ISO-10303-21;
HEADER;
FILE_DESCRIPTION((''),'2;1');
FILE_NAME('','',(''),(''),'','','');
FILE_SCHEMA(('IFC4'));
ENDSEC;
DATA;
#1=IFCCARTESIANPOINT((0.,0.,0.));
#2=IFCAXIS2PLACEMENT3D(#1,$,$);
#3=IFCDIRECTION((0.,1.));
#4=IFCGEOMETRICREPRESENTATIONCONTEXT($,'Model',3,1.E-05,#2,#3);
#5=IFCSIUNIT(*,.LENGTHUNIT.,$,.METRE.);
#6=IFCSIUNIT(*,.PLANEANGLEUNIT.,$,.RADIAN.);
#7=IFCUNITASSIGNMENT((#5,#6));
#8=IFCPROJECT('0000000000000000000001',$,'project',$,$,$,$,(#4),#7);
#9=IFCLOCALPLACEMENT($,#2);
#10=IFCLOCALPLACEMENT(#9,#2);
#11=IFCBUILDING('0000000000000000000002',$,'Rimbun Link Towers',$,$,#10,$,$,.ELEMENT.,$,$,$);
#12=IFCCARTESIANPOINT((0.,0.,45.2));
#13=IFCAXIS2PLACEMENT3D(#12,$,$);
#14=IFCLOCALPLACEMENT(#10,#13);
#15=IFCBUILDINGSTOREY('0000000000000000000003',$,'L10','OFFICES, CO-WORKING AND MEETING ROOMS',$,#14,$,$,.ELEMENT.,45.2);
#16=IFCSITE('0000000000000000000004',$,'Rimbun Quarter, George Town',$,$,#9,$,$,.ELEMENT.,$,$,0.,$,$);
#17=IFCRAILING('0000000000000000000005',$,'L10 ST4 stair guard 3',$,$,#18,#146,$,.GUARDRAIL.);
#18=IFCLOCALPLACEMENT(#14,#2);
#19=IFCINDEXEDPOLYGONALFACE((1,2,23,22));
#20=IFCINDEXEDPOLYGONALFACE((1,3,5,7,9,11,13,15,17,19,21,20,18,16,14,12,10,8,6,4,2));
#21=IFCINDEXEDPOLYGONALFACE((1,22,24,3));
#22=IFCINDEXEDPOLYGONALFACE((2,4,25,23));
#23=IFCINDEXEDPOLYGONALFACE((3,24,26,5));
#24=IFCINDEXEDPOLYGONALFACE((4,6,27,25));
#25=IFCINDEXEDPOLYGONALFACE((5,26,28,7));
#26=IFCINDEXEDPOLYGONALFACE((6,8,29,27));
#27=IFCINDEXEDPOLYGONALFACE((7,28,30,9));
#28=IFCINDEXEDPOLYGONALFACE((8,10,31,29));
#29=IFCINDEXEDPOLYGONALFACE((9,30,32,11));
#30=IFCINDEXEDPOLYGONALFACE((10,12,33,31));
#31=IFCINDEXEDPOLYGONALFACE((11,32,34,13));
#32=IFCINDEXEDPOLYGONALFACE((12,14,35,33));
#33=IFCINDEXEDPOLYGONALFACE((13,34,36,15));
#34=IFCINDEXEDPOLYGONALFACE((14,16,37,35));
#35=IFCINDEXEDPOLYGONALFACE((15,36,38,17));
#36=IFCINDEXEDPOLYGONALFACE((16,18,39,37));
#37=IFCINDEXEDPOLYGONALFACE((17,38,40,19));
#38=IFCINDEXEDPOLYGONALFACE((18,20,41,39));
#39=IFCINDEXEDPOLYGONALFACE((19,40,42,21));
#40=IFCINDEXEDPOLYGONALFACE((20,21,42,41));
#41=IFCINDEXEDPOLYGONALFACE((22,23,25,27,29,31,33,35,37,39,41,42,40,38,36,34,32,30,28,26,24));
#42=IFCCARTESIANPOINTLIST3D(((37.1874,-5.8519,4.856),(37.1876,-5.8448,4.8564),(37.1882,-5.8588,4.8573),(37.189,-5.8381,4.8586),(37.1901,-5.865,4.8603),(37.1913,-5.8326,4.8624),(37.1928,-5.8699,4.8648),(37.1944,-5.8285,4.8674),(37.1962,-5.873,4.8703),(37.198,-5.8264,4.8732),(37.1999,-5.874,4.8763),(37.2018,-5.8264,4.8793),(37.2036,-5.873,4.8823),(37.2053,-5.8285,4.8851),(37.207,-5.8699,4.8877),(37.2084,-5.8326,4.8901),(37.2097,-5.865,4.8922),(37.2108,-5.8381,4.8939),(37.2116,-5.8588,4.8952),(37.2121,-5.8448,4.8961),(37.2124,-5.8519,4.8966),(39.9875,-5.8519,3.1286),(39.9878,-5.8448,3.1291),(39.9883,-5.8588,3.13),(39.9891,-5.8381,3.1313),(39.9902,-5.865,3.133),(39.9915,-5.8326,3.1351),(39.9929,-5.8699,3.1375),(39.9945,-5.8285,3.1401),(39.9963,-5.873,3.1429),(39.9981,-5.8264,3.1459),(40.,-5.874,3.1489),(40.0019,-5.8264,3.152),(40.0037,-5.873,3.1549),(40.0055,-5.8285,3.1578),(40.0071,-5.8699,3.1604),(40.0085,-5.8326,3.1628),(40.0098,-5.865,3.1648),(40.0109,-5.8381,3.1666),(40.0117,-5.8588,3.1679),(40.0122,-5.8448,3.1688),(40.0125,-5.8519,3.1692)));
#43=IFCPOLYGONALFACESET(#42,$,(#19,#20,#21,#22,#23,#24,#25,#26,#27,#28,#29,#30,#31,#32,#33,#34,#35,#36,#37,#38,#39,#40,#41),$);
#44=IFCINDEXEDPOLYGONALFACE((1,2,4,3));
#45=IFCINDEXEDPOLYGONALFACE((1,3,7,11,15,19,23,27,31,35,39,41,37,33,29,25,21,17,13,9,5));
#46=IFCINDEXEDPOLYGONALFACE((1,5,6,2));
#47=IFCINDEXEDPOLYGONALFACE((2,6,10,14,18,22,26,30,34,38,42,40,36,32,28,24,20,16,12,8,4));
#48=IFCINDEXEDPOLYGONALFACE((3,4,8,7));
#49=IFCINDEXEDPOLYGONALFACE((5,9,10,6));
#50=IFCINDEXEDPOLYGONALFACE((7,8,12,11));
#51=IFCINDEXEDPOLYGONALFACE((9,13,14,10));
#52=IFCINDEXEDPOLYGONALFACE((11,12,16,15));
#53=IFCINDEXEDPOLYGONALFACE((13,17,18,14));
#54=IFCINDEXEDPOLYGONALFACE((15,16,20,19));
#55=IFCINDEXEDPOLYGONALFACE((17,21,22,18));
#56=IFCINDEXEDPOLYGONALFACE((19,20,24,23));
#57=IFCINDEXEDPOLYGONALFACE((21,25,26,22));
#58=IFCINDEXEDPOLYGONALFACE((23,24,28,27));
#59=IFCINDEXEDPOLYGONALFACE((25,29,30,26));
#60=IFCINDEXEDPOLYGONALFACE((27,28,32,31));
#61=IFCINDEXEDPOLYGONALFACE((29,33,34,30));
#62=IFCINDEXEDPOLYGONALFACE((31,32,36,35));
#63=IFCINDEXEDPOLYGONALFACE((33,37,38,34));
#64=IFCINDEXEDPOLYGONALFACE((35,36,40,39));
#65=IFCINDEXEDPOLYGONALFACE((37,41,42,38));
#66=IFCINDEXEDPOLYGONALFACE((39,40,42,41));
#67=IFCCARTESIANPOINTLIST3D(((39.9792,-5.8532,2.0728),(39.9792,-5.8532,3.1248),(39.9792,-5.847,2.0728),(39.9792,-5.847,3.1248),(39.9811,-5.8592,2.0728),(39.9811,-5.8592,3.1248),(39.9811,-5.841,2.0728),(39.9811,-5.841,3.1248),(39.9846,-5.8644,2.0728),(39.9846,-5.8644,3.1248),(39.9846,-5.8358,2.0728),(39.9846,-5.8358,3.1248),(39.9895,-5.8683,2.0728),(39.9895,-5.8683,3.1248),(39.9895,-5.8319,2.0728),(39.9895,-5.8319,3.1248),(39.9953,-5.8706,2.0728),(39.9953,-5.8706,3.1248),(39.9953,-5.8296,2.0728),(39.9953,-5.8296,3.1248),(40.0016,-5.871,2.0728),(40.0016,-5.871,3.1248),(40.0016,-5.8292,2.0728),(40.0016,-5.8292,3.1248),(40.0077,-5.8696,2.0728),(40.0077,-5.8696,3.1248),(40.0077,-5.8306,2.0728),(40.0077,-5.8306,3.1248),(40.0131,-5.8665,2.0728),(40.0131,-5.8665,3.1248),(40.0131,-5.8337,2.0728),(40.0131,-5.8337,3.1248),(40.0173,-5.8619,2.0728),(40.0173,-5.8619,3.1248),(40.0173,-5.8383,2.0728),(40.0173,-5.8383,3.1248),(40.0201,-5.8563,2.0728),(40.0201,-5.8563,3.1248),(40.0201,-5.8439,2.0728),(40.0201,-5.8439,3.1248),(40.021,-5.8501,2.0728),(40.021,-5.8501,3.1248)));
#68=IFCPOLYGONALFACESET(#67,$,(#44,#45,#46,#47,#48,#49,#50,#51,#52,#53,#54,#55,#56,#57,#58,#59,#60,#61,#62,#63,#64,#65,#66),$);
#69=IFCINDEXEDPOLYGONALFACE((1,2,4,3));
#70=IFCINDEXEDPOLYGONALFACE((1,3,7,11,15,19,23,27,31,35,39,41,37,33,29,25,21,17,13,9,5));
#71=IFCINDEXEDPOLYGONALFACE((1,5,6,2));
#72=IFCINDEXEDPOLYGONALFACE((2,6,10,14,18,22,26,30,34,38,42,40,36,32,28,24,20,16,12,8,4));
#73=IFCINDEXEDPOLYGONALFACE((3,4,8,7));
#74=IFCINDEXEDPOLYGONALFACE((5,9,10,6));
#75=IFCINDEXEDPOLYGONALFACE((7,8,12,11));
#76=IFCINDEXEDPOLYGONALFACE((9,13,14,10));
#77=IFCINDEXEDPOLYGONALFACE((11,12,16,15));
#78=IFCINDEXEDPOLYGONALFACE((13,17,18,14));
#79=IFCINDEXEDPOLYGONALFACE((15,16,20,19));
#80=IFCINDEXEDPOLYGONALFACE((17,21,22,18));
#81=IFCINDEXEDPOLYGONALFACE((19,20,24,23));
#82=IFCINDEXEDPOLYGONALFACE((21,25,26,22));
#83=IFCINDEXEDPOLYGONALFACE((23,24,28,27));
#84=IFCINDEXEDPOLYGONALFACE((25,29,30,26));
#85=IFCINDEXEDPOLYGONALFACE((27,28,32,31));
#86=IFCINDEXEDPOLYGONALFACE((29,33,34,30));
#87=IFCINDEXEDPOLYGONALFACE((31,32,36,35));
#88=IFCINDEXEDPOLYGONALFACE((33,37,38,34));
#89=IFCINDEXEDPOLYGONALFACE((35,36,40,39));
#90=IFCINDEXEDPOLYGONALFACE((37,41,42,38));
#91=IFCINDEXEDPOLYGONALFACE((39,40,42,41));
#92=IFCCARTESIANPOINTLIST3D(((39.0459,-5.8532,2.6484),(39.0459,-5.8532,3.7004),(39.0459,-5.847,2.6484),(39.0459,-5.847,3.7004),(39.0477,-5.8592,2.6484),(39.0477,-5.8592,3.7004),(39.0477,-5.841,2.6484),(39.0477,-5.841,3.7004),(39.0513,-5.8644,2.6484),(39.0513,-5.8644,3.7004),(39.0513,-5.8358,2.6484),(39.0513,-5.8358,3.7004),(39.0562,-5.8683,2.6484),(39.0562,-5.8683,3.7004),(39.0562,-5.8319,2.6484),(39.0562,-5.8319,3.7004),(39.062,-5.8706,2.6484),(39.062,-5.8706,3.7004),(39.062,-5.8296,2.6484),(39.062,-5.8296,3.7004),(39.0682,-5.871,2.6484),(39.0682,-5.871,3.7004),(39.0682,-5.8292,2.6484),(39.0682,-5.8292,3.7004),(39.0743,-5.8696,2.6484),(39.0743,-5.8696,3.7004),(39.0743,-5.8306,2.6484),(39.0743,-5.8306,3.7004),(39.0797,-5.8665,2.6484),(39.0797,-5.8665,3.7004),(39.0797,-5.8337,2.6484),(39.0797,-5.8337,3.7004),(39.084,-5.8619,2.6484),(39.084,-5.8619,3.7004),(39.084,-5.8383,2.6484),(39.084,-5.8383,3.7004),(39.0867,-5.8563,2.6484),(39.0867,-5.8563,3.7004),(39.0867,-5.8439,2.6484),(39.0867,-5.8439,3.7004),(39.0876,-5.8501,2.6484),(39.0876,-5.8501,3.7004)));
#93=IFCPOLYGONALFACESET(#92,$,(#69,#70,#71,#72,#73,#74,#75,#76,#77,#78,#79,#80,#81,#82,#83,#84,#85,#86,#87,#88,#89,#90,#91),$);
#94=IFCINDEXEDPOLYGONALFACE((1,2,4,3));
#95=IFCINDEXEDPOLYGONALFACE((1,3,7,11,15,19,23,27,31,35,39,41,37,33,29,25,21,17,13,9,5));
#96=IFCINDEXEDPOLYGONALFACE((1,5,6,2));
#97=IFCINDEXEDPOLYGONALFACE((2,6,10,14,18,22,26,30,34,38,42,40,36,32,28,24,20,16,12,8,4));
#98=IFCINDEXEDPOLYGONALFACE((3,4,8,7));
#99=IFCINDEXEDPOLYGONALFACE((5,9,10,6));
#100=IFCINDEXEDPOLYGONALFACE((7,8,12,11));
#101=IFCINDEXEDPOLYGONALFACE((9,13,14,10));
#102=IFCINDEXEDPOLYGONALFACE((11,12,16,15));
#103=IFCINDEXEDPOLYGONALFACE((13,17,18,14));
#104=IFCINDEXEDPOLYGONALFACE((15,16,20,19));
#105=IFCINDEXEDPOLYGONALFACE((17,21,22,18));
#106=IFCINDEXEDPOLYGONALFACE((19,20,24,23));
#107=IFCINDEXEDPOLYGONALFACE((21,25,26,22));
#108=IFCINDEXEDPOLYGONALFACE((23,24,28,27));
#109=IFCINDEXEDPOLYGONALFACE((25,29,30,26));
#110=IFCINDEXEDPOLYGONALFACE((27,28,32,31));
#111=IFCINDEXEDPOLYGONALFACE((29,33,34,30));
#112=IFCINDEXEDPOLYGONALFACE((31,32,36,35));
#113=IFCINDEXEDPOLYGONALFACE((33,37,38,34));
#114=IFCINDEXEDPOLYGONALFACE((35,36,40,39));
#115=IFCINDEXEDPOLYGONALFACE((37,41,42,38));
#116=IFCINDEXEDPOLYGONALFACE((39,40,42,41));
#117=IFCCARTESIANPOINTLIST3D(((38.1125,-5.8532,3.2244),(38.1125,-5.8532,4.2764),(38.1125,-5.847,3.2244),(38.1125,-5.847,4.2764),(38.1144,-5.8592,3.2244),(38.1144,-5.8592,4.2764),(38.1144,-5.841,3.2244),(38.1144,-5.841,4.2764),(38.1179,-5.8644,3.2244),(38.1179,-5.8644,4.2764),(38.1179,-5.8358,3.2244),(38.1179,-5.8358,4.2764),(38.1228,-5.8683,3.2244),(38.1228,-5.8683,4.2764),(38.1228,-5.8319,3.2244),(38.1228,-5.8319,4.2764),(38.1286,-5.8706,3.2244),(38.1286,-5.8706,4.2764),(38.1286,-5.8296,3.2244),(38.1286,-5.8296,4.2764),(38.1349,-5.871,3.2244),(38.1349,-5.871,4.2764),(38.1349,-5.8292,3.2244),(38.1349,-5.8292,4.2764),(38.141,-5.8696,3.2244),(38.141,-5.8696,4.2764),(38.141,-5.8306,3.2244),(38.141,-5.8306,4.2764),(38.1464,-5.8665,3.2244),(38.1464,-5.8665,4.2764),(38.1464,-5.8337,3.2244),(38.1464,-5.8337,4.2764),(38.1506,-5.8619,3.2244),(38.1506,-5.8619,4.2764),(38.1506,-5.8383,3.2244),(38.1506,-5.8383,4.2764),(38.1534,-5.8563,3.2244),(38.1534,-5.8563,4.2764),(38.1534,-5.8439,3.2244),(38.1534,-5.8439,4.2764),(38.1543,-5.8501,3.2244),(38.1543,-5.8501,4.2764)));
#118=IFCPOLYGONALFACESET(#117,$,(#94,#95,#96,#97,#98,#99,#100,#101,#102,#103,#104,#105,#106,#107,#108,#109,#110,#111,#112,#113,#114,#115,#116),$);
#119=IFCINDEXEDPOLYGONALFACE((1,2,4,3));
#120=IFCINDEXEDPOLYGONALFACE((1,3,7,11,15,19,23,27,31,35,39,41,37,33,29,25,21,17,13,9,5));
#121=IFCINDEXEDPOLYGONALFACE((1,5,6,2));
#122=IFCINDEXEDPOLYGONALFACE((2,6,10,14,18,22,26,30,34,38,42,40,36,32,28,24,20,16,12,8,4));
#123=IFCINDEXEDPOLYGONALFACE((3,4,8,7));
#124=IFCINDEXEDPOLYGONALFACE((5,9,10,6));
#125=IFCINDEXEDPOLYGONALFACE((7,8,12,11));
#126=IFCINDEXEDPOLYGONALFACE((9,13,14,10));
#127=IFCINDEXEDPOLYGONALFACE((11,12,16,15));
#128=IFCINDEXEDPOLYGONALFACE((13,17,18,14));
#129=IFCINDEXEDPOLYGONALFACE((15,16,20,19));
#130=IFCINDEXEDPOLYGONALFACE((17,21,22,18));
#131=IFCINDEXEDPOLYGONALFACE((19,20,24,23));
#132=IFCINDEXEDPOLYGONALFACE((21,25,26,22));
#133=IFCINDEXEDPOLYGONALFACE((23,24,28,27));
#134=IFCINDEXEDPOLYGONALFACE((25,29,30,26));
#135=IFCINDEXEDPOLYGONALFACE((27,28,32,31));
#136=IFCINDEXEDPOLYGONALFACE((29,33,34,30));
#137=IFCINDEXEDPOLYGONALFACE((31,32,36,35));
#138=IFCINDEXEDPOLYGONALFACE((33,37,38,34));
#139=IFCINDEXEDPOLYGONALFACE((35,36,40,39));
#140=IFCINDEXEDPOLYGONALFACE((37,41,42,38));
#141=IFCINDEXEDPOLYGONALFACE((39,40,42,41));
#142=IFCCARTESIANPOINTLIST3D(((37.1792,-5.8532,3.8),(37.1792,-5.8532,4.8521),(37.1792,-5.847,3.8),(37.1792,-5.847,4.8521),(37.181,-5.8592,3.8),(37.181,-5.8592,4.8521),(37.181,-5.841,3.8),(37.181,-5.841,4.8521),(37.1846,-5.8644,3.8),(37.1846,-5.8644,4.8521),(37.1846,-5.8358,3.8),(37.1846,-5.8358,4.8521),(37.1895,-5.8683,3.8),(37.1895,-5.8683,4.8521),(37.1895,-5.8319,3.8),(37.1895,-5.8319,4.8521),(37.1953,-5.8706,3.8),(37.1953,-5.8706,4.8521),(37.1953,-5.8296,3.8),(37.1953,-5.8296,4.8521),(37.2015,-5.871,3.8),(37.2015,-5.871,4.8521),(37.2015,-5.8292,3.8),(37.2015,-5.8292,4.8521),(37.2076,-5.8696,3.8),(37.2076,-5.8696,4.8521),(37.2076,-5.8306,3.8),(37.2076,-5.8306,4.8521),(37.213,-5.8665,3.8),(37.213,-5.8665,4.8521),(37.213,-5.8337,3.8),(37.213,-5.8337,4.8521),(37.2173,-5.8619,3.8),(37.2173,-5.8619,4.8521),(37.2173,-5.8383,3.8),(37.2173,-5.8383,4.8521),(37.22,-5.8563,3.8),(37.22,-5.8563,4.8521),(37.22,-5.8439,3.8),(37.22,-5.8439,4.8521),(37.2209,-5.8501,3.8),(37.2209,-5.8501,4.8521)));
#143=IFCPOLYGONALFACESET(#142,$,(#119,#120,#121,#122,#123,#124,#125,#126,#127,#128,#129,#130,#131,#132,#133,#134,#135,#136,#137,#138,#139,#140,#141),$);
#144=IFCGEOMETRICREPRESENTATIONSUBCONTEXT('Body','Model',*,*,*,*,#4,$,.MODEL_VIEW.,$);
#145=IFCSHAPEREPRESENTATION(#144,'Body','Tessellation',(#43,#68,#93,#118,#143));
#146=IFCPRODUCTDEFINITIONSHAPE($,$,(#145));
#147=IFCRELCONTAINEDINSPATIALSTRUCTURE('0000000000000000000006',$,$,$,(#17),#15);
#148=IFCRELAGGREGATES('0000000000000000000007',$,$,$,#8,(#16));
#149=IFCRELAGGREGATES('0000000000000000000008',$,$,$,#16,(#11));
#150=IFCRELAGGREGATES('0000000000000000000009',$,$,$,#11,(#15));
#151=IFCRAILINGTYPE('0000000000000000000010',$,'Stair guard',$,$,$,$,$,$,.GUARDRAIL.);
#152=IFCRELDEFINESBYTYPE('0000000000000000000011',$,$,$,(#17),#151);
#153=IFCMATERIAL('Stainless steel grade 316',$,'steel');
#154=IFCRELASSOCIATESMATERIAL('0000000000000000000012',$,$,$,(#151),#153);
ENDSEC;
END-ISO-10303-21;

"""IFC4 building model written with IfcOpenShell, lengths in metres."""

from ifc_helpers import new_model, si_unit, direction, frame, origin, origin_2d, place, context, subcontext, project, spatial, circle, extrude, material, type_object, element, save


model = new_model("IFC4")

# Units and contexts
model_context = context("Model", 3, precision=1e-05, world=origin(), true_north=direction((0.0, 1.0)))
body_context = subcontext(model_context, "Body", "Model", "MODEL_VIEW")
ifc_project = project(units=[si_unit("LENGTHUNIT", "METRE"), si_unit("PLANEANGLEUNIT", "RADIAN")], contexts=[model_context])

# Site, building, storey
site_placement = place(None, origin())
site = spatial("IfcSite", under=ifc_project, at=site_placement, Name="Rimbun Quarter, George Town", CompositionType="ELEMENT", RefElevation=0.0)
building_placement = place(site_placement, origin())
building = spatial("IfcBuilding", under=site, at=building_placement, Name="Rimbun Link Towers", CompositionType="ELEMENT")
storey_placement = place(building_placement, frame((0.0, 0.0, 45.2)))
storey = spatial("IfcBuildingStorey", under=building, at=storey_placement, Name="L10", Description="OFFICES, CO-WORKING AND MEETING ROOMS", CompositionType="ELEMENT", Elevation=45.2)

# Railing
ifc_material_1 = material(Name="Stainless steel grade 316", Category="steel")
railing_type_1 = type_object("IfcRailingType", Name="Stair guard", PredefinedType="GUARDRAIL", material=ifc_material_1)
railing_1_placement = place(storey_placement, frame((40.0, -5.8501, 2.0728)))
element("IfcRailing", 1, at=railing_1_placement, inside=storey, type_object=railing_type_1, Name="L10 ST4 stair guard 3", PredefinedType="GUARDRAIL", context=body_context, shape_type="SweptSolid", body=[
    extrude(circle(Radius=0.0239, at=origin_2d()), frame((0.0, 0.0, 1.0762), z_axis=(-0.85109, 0.0, 0.52502), x_axis=(0.0, -1.0, 0.0)), (0.0, 0.0, 1.0), 3.29),
    extrude(circle(Radius=0.021, at=origin_2d()), origin(), (0.0, 0.0, 1.0), 1.052),
    extrude(circle(Radius=0.021, at=origin_2d()), frame((-0.9333, 0.0, 0.5757)), (0.0, 0.0, 1.0), 1.052),
    extrude(circle(Radius=0.021, at=origin_2d()), frame((-1.8667, 0.0, 1.1516)), (0.0, 0.0, 1.0), 1.052),
    extrude(circle(Radius=0.021, at=origin_2d()), frame((-2.8, 0.0, 1.7273)), (0.0, 0.0, 1.0), 1.052),
])

save(model, "model.ifc")
